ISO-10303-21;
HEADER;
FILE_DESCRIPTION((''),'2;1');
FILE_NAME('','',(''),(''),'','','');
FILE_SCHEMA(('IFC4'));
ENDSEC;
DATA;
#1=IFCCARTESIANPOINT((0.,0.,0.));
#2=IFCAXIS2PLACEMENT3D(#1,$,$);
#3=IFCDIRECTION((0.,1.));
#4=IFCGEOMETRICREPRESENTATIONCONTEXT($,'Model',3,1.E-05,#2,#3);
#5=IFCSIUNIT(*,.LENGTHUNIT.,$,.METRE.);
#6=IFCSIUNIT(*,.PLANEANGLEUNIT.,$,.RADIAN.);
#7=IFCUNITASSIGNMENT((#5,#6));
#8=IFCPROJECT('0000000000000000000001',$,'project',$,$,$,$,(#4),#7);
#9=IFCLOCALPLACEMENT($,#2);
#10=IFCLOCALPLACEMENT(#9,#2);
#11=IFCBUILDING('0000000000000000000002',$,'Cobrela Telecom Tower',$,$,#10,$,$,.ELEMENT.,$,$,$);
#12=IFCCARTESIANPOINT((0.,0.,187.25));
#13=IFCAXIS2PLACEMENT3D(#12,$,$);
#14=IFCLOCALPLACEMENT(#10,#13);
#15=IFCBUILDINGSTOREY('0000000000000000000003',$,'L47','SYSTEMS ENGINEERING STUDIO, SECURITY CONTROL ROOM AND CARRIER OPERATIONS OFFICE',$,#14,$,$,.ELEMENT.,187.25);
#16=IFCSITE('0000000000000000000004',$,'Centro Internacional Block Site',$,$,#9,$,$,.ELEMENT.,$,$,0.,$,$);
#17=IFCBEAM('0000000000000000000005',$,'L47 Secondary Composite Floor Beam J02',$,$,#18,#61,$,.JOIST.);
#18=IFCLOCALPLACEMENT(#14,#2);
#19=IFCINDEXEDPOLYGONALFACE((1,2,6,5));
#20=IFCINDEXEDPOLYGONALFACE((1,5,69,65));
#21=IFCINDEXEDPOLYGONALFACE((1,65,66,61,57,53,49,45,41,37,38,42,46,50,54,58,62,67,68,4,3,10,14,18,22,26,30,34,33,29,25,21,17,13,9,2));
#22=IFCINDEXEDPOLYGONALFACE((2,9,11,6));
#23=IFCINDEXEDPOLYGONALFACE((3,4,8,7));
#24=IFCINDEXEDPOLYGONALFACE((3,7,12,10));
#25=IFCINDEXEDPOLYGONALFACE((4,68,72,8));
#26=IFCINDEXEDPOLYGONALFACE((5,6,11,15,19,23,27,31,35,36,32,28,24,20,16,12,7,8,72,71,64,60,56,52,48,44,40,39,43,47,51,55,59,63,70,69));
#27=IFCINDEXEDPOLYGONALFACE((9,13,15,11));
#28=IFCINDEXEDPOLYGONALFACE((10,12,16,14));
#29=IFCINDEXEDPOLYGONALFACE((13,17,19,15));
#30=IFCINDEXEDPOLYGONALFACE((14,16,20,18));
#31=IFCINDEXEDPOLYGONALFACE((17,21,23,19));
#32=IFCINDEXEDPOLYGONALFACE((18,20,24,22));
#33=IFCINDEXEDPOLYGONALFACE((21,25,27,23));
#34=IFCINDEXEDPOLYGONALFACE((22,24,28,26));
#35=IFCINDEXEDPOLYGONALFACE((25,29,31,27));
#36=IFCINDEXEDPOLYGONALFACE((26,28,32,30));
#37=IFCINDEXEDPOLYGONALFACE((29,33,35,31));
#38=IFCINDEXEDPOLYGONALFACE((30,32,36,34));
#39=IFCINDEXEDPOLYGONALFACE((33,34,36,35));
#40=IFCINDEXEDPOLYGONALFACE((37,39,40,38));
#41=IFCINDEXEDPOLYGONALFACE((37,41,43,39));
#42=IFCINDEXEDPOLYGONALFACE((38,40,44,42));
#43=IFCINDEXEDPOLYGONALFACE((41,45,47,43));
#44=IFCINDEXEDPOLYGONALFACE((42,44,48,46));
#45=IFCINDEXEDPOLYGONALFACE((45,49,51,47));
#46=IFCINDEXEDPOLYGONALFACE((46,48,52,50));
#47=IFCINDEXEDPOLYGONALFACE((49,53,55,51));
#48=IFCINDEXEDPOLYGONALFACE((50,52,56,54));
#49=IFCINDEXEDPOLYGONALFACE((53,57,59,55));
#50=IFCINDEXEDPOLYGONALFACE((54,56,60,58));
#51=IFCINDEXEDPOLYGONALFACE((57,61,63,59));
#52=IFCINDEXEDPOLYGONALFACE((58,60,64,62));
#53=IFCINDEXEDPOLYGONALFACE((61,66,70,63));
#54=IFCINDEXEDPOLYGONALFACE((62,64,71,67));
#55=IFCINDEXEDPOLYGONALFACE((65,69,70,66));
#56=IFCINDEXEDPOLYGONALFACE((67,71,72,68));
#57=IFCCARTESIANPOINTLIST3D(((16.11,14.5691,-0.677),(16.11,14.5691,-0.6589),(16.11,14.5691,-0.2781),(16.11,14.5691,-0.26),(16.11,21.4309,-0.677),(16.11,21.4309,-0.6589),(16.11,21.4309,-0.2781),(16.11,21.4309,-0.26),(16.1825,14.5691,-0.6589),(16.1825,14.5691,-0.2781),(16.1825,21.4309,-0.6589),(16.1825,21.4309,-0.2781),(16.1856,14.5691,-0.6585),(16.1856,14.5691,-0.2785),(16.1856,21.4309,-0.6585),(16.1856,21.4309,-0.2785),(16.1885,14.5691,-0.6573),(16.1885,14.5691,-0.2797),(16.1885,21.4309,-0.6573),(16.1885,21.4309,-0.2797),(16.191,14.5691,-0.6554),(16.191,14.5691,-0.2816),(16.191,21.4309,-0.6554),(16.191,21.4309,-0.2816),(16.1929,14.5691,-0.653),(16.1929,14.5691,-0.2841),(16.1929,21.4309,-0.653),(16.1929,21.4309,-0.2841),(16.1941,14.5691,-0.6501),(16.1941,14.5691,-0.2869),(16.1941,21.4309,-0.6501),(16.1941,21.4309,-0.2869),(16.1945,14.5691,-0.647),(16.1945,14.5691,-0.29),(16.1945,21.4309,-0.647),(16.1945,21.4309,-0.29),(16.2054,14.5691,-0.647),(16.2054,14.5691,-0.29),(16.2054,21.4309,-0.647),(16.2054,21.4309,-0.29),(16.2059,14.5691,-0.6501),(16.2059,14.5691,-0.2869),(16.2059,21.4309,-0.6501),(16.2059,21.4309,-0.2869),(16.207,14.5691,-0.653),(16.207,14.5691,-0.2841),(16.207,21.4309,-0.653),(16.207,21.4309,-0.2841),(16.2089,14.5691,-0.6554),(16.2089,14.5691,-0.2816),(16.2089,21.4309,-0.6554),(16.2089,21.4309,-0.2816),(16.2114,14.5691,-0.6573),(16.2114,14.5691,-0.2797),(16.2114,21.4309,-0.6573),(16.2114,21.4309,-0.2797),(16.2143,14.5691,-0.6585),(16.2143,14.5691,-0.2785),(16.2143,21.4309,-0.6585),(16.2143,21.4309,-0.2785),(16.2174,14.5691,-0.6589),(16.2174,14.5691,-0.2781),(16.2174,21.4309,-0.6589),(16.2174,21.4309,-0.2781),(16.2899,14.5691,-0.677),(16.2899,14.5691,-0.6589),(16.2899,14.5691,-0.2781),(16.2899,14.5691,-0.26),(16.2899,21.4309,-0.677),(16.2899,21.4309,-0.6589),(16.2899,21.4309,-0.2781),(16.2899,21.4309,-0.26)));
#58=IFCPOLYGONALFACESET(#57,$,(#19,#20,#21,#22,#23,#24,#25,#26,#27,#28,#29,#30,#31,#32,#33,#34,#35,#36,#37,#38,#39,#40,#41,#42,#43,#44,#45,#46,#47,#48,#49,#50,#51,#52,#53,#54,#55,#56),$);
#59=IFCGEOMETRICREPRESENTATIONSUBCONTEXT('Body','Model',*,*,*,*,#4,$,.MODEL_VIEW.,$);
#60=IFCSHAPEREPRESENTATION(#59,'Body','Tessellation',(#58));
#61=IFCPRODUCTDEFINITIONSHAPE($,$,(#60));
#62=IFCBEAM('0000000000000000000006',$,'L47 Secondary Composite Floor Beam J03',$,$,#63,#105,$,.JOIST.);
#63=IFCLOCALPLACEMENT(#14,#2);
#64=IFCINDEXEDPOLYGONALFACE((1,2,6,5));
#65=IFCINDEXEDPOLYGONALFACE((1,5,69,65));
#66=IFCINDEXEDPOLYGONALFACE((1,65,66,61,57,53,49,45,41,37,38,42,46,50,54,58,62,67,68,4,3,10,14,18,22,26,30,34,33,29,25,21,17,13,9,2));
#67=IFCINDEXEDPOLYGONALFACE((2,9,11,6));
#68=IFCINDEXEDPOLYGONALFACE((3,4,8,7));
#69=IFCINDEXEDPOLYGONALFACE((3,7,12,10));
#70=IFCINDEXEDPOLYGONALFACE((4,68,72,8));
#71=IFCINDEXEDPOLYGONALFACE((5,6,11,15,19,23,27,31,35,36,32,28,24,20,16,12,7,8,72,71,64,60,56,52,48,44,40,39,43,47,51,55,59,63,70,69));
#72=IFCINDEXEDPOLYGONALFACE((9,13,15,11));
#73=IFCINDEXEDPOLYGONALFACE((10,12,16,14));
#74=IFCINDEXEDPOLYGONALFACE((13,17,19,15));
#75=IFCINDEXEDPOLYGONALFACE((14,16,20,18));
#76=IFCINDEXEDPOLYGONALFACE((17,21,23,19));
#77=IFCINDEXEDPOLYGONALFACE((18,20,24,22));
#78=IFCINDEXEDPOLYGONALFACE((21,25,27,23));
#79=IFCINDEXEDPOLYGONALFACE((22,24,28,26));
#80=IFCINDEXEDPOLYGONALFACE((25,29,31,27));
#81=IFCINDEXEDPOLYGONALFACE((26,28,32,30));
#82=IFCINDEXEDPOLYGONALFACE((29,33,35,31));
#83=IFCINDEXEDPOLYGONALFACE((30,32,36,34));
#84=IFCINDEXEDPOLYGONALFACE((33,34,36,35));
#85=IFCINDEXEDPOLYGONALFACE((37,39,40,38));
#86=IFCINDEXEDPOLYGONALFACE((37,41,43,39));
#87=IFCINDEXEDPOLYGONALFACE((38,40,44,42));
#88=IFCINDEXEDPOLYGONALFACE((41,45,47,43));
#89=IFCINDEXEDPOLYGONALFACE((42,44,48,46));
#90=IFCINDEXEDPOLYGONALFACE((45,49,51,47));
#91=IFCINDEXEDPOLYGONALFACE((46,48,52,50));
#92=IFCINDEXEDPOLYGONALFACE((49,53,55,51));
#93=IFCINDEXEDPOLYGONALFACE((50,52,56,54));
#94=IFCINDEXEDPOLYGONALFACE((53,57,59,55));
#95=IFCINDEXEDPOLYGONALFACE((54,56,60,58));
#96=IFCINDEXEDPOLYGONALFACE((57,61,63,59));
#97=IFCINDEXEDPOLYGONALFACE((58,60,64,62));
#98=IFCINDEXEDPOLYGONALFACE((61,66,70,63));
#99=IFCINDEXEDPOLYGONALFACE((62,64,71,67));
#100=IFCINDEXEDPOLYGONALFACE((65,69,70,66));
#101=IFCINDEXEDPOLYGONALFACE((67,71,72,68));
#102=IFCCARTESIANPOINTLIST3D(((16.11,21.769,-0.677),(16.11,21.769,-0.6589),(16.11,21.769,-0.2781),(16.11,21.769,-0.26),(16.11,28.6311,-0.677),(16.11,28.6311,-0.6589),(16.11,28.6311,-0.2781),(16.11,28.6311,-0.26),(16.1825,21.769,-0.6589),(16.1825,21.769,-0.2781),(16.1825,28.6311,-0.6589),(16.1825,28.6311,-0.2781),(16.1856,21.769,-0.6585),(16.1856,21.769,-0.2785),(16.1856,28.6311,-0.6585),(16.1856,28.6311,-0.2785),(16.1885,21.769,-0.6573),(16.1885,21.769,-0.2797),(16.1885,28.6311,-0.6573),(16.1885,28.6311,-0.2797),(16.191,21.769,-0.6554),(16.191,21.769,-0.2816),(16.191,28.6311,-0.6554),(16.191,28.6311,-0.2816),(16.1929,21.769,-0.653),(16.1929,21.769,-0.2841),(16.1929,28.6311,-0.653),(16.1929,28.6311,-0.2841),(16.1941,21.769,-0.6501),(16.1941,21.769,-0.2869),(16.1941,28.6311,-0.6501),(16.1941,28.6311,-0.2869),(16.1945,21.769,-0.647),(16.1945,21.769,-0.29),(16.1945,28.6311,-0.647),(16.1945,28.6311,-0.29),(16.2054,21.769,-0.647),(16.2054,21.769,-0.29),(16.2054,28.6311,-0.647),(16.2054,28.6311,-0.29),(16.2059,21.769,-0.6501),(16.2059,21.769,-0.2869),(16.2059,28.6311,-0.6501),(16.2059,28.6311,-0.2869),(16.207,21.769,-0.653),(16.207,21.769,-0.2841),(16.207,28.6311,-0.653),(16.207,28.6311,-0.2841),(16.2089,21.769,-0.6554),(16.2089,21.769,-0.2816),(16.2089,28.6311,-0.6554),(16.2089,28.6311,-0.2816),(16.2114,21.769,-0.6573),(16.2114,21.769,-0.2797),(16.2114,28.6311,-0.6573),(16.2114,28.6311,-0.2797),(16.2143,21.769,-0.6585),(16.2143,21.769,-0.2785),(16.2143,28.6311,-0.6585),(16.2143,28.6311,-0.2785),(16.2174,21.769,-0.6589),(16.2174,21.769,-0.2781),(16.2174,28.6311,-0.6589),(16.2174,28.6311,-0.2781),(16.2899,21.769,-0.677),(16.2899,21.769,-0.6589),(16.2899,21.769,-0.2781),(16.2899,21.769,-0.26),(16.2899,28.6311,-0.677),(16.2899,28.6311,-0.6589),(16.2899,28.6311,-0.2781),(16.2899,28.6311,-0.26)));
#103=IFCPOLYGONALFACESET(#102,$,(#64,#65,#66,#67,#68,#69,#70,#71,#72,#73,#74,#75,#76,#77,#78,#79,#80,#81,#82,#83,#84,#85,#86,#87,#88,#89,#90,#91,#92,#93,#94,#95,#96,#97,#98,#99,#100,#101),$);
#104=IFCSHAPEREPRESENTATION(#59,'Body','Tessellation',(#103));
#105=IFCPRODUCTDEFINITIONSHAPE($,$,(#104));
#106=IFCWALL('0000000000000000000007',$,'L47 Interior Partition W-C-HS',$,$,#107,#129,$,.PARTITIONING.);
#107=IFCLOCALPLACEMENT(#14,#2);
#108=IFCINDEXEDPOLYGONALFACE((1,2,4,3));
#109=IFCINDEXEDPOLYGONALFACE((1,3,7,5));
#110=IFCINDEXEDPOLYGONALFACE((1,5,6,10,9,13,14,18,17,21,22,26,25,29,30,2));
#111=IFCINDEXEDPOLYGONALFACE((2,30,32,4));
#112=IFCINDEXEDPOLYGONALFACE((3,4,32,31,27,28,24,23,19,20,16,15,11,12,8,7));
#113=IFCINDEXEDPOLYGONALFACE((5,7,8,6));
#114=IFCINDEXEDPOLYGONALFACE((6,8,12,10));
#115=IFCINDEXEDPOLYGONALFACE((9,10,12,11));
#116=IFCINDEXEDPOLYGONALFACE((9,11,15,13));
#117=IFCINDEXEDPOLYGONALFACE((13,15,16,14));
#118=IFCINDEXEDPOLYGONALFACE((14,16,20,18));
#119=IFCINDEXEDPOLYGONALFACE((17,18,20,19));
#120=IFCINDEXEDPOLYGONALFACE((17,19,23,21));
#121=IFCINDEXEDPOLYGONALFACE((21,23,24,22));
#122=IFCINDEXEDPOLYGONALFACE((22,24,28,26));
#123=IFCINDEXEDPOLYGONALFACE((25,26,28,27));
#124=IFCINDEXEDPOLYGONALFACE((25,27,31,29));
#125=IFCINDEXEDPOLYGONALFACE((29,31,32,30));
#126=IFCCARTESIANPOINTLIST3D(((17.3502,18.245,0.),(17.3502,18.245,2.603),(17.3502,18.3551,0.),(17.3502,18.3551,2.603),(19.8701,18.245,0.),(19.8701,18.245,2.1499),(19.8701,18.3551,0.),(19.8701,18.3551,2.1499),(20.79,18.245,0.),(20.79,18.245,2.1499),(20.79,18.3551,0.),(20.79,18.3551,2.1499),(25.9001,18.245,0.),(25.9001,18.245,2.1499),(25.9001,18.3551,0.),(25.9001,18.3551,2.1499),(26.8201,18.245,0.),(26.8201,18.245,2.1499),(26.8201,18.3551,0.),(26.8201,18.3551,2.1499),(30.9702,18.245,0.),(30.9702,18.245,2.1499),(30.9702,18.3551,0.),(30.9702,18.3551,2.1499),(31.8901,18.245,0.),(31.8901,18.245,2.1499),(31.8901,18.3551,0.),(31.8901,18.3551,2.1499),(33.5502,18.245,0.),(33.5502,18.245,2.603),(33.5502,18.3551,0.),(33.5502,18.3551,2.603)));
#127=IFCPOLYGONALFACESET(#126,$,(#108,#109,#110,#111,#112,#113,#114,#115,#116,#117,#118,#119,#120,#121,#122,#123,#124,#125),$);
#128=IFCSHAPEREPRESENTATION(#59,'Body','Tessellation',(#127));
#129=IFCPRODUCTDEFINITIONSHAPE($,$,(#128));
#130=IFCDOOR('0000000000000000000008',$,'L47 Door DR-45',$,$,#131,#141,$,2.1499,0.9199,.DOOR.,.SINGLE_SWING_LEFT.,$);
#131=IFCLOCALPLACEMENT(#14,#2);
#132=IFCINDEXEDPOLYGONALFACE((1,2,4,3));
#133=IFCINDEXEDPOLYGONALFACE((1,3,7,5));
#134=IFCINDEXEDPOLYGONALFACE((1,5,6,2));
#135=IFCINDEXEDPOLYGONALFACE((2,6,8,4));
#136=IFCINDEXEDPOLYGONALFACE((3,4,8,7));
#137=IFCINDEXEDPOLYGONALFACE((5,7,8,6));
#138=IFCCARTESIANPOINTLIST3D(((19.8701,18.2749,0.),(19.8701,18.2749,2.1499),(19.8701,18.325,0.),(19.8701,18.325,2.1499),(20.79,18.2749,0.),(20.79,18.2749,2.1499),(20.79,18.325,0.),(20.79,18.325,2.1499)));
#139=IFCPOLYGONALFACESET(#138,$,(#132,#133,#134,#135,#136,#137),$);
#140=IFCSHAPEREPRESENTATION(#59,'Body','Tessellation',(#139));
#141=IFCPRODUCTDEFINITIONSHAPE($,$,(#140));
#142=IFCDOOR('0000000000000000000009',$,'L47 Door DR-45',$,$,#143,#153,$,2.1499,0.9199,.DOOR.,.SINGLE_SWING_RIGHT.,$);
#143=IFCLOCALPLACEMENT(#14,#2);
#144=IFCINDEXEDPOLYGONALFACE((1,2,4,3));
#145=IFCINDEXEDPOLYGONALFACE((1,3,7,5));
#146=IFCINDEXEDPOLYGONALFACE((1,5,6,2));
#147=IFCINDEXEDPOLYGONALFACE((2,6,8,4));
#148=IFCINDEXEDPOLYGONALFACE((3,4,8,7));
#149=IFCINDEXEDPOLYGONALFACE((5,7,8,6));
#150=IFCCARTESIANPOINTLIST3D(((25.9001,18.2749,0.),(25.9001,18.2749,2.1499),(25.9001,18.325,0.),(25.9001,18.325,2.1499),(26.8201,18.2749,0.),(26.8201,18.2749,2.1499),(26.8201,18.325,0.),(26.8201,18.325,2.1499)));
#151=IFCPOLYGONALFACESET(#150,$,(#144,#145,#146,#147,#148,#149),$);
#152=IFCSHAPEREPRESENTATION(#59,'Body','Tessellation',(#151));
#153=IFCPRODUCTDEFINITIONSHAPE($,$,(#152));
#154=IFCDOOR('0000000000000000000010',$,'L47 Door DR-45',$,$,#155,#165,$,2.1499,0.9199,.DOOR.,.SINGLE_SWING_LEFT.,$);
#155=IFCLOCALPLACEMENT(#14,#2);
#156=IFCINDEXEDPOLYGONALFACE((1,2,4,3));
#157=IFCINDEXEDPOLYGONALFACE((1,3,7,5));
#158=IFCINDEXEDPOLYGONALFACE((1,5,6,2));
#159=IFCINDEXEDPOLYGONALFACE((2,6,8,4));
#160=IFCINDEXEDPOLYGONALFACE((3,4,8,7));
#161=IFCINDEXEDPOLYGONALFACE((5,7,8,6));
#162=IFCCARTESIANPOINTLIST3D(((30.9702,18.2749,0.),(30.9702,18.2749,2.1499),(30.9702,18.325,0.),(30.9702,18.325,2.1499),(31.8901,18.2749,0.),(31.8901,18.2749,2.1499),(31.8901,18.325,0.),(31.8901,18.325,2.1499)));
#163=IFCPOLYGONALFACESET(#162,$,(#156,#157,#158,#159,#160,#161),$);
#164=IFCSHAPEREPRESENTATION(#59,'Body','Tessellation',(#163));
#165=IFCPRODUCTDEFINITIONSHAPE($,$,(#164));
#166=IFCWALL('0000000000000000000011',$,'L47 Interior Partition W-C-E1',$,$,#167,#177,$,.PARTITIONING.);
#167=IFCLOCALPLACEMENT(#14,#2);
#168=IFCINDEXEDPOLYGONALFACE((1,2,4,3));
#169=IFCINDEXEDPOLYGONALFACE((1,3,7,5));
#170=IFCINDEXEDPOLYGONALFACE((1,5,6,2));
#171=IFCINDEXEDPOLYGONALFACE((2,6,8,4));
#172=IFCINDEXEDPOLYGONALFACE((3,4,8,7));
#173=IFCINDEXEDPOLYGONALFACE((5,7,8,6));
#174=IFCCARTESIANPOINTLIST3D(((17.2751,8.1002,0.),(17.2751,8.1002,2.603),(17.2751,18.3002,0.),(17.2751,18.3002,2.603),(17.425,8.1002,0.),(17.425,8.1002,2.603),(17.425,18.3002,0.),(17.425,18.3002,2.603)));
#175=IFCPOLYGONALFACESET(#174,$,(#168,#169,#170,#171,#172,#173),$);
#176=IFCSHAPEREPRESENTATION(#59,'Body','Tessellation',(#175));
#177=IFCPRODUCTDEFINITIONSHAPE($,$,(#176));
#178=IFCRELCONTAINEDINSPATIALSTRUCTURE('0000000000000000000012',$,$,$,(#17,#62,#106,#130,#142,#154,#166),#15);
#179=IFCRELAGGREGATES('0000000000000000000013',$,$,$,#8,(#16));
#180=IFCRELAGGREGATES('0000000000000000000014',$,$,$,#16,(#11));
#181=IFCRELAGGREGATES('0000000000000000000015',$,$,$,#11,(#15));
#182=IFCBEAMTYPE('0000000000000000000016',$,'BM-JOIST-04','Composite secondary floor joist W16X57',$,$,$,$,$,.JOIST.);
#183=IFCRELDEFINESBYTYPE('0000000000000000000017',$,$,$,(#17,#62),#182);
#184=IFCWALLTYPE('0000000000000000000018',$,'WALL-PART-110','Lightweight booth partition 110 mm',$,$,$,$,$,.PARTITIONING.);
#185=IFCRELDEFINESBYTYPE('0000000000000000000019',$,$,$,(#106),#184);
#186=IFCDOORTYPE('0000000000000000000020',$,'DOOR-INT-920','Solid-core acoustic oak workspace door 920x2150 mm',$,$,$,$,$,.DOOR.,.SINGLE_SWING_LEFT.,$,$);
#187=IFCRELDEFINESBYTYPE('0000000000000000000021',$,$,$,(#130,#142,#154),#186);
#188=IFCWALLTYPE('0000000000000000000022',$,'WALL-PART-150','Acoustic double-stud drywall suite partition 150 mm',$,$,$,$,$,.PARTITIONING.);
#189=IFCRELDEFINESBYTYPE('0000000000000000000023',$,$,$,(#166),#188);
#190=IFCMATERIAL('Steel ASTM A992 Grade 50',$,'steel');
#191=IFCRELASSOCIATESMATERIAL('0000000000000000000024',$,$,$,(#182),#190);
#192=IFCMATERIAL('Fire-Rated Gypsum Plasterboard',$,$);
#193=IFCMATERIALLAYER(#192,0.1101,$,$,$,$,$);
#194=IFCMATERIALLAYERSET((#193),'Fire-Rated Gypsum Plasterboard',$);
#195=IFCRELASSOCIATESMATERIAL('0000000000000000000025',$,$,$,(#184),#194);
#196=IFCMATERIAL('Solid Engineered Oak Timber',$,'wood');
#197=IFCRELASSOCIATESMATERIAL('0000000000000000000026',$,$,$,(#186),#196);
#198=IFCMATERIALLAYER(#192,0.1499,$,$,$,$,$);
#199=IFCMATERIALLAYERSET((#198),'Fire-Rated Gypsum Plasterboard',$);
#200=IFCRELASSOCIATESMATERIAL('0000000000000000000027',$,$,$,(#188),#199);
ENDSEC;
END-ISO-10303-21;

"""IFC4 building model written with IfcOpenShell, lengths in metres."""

from ifc_helpers import new_model, si_unit, direction, frame, frame_2d, origin, origin_2d, place, context, subcontext, project, spatial, rectangle, i_section, extrude, material, layer, layer_set, material_profile, profile_set, type_object, element, fill, save


model = new_model("IFC4")

# Units and contexts
model_context = context("Model", 3, precision=1e-05, world=origin(), true_north=direction((0.0, 1.0)))
body_context = subcontext(model_context, "Body", "Model", "MODEL_VIEW")
ifc_project = project(units=[si_unit("LENGTHUNIT", "METRE"), si_unit("PLANEANGLEUNIT", "RADIAN")], contexts=[model_context])

# Site, building, storey
site_placement = place(None, origin())
site = spatial("IfcSite", under=ifc_project, at=site_placement, Name="Centro Internacional Block Site", CompositionType="ELEMENT", RefElevation=0.0)
building_placement = place(site_placement, origin())
building = spatial("IfcBuilding", under=site, at=building_placement, Name="Cobrela Telecom Tower", CompositionType="ELEMENT")
storey_placement = place(building_placement, frame((0.0, 0.0, 187.25)))
storey = spatial("IfcBuildingStorey", under=building, at=storey_placement, Name="L47", Description="SYSTEMS ENGINEERING STUDIO, SECURITY CONTROL ROOM AND CARRIER OPERATIONS OFFICE", CompositionType="ELEMENT", Elevation=187.25)

# Beams
ifc_material_1 = material(Name="Steel ASTM A992 Grade 50", Category="steel")
ifc_material_profile_1 = material_profile(ifc_material_1, i_section(OverallWidth=0.1799, OverallDepth=0.417, WebThickness=0.011, FlangeThickness=0.0181, FilletRadius=0.012, at=origin_2d()), Name="W16X57")
ifc_profile_set_1 = profile_set([ifc_material_profile_1], Name="Steel ASTM A992 Grade 50")
beam_type_1 = type_object("IfcBeamType", Name="BM-JOIST-04", Description="Composite secondary floor joist W16X57", PredefinedType="JOIST", material=ifc_profile_set_1)
beam_1_placement = place(storey_placement, frame((16.2, 14.5691, -0.4685), z_axis=(0.0, 1.0, 0.0), x_axis=(-1.0, 0.0, 0.0)))
element("IfcBeam", 1, at=beam_1_placement, inside=storey, type_object=beam_type_1, Name="L47 Secondary Composite Floor Beam J02", PredefinedType="JOIST", context=body_context, shape_type="SweptSolid", body=[
    extrude(i_section(OverallWidth=0.1799, OverallDepth=0.417, WebThickness=0.011, FlangeThickness=0.0181, FilletRadius=0.012, at=origin_2d()), origin(), (0.0, 0.0, 1.0), 6.8618),
])
beam_2_placement = place(storey_placement, frame((16.2, 21.769, -0.4685), z_axis=(0.0, 1.0, 0.0), x_axis=(-1.0, 0.0, 0.0)))
element("IfcBeam", 2, at=beam_2_placement, inside=storey, type_object=beam_type_1, Name="L47 Secondary Composite Floor Beam J03", PredefinedType="JOIST", context=body_context, shape_type="SweptSolid", body=[
    extrude(i_section(OverallWidth=0.1799, OverallDepth=0.417, WebThickness=0.011, FlangeThickness=0.0181, FilletRadius=0.012, at=origin_2d()), origin(), (0.0, 0.0, 1.0), 6.8621),
])

# Shared definitions
ifc_material_2 = material(Name="Fire-Rated Gypsum Plasterboard")
ifc_layer_1 = layer(ifc_material_2, 0.1101)
ifc_layer_set_1 = layer_set([ifc_layer_1], Name="Fire-Rated Gypsum Plasterboard")
wall_type_1 = type_object("IfcWallType", Name="WALL-PART-110", Description="Lightweight booth partition 110 mm", PredefinedType="PARTITIONING", material=ifc_layer_set_1)
ifc_material_3 = material(Name="Solid Engineered Oak Timber", Category="wood")
door_type_1 = type_object("IfcDoorType", Name="DOOR-INT-920", Description="Solid-core acoustic oak workspace door 920x2150 mm", OperationType="SINGLE_SWING_LEFT", PredefinedType="DOOR", material=ifc_material_3)

# Wall, openings, doors
wall_1_placement = place(storey_placement, frame((17.3501, 18.3, 0.0), z_axis=(0.0, 0.0, 1.0), x_axis=(1.0, 0.0, 0.0)))
wall_1 = element("IfcWall", 3, at=wall_1_placement, inside=storey, type_object=wall_type_1, Name="L47 Interior Partition W-C-HS", PredefinedType="PARTITIONING", context=body_context, shape_type="SweptSolid", body=[
    extrude(rectangle(XDim=16.2, YDim=0.1101, at=frame_2d((8.1001, 0.0))), origin(), (0.0, 0.0, 1.0), 2.603),
])
opening_1_placement = place(wall_1_placement, frame((2.52, 0.0, 0.0)))
opening_1 = element("IfcOpeningElement", 4, at=opening_1_placement, cuts=wall_1, PredefinedType="OPENING", context=body_context, shape_type="SweptSolid", body=[
    extrude(rectangle(XDim=0.9199, YDim=2.1499, at=frame_2d((0.46, 1.075))), frame((0.0, 0.0669, 0.0), z_axis=(0.0, -1.0, 0.0), x_axis=(1.0, 0.0, 0.0)), (0.0, 0.0, 1.0), 0.134),
])
opening_2_placement = place(wall_1_placement, frame((8.55, 0.0, 0.0)))
opening_2 = element("IfcOpeningElement", 5, at=opening_2_placement, cuts=wall_1, PredefinedType="OPENING", context=body_context, shape_type="SweptSolid", body=[
    extrude(rectangle(XDim=0.9199, YDim=2.1499, at=frame_2d((0.46, 1.075))), frame((0.0, 0.0669, 0.0), z_axis=(0.0, -1.0, 0.0), x_axis=(1.0, 0.0, 0.0)), (0.0, 0.0, 1.0), 0.134),
])
opening_3_placement = place(wall_1_placement, frame((13.6201, 0.0, 0.0)))
opening_3 = element("IfcOpeningElement", 6, at=opening_3_placement, cuts=wall_1, PredefinedType="OPENING", context=body_context, shape_type="SweptSolid", body=[
    extrude(rectangle(XDim=0.9199, YDim=2.1499, at=frame_2d((0.46, 1.075))), frame((0.0, 0.0669, 0.0), z_axis=(0.0, -1.0, 0.0), x_axis=(1.0, 0.0, 0.0)), (0.0, 0.0, 1.0), 0.134),
])
door_1_placement = place(opening_1_placement, origin())
door_1 = element("IfcDoor", 7, at=door_1_placement, inside=storey, type_object=door_type_1, Name="L47 Door DR-45", OperationType="SINGLE_SWING_LEFT", OverallHeight=2.1499, OverallWidth=0.9199, PredefinedType="DOOR", context=body_context, shape_type="SweptSolid", body=[
    extrude(rectangle(XDim=0.9199, YDim=2.1499, at=frame_2d((0.46, 1.075))), frame((0.0, 0.0249, 0.0), z_axis=(0.0, -1.0, 0.0), x_axis=(1.0, 0.0, 0.0)), (0.0, 0.0, 1.0), 0.05),
])
fill(opening_1, door_1)
door_2_placement = place(opening_2_placement, origin())
door_2 = element("IfcDoor", 8, at=door_2_placement, inside=storey, type_object=door_type_1, Name="L47 Door DR-45", OperationType="SINGLE_SWING_RIGHT", OverallHeight=2.1499, OverallWidth=0.9199, PredefinedType="DOOR", context=body_context, shape_type="SweptSolid", body=[
    extrude(rectangle(XDim=0.9199, YDim=2.1499, at=frame_2d((0.46, 1.075))), frame((0.0, 0.0249, 0.0), z_axis=(0.0, -1.0, 0.0), x_axis=(1.0, 0.0, 0.0)), (0.0, 0.0, 1.0), 0.05),
])
fill(opening_2, door_2)
door_3_placement = place(opening_3_placement, origin())
door_3 = element("IfcDoor", 9, at=door_3_placement, inside=storey, type_object=door_type_1, Name="L47 Door DR-45", OperationType="SINGLE_SWING_LEFT", OverallHeight=2.1499, OverallWidth=0.9199, PredefinedType="DOOR", context=body_context, shape_type="SweptSolid", body=[
    extrude(rectangle(XDim=0.9199, YDim=2.1499, at=frame_2d((0.46, 1.075))), frame((0.0, 0.0249, 0.0), z_axis=(0.0, -1.0, 0.0), x_axis=(1.0, 0.0, 0.0)), (0.0, 0.0, 1.0), 0.05),
])
fill(opening_3, door_3)

# Wall
ifc_layer_2 = layer(ifc_material_2, 0.1499)
ifc_layer_set_2 = layer_set([ifc_layer_2], Name="Fire-Rated Gypsum Plasterboard")
wall_type_2 = type_object("IfcWallType", Name="WALL-PART-150", Description="Acoustic double-stud drywall suite partition 150 mm", PredefinedType="PARTITIONING", material=ifc_layer_set_2)
wall_2_placement = place(storey_placement, frame((17.3501, 8.1001, 0.0), z_axis=(0.0, 0.0, 1.0), x_axis=(0.0, 1.0, 0.0)))
element("IfcWall", 10, at=wall_2_placement, inside=storey, type_object=wall_type_2, Name="L47 Interior Partition W-C-E1", PredefinedType="PARTITIONING", context=body_context, shape_type="SweptSolid", body=[
    extrude(rectangle(XDim=10.2, YDim=0.1499, at=frame_2d((5.1001, 0.0))), origin(), (0.0, 0.0, 1.0), 2.603),
])

save(model, "model.ifc")
